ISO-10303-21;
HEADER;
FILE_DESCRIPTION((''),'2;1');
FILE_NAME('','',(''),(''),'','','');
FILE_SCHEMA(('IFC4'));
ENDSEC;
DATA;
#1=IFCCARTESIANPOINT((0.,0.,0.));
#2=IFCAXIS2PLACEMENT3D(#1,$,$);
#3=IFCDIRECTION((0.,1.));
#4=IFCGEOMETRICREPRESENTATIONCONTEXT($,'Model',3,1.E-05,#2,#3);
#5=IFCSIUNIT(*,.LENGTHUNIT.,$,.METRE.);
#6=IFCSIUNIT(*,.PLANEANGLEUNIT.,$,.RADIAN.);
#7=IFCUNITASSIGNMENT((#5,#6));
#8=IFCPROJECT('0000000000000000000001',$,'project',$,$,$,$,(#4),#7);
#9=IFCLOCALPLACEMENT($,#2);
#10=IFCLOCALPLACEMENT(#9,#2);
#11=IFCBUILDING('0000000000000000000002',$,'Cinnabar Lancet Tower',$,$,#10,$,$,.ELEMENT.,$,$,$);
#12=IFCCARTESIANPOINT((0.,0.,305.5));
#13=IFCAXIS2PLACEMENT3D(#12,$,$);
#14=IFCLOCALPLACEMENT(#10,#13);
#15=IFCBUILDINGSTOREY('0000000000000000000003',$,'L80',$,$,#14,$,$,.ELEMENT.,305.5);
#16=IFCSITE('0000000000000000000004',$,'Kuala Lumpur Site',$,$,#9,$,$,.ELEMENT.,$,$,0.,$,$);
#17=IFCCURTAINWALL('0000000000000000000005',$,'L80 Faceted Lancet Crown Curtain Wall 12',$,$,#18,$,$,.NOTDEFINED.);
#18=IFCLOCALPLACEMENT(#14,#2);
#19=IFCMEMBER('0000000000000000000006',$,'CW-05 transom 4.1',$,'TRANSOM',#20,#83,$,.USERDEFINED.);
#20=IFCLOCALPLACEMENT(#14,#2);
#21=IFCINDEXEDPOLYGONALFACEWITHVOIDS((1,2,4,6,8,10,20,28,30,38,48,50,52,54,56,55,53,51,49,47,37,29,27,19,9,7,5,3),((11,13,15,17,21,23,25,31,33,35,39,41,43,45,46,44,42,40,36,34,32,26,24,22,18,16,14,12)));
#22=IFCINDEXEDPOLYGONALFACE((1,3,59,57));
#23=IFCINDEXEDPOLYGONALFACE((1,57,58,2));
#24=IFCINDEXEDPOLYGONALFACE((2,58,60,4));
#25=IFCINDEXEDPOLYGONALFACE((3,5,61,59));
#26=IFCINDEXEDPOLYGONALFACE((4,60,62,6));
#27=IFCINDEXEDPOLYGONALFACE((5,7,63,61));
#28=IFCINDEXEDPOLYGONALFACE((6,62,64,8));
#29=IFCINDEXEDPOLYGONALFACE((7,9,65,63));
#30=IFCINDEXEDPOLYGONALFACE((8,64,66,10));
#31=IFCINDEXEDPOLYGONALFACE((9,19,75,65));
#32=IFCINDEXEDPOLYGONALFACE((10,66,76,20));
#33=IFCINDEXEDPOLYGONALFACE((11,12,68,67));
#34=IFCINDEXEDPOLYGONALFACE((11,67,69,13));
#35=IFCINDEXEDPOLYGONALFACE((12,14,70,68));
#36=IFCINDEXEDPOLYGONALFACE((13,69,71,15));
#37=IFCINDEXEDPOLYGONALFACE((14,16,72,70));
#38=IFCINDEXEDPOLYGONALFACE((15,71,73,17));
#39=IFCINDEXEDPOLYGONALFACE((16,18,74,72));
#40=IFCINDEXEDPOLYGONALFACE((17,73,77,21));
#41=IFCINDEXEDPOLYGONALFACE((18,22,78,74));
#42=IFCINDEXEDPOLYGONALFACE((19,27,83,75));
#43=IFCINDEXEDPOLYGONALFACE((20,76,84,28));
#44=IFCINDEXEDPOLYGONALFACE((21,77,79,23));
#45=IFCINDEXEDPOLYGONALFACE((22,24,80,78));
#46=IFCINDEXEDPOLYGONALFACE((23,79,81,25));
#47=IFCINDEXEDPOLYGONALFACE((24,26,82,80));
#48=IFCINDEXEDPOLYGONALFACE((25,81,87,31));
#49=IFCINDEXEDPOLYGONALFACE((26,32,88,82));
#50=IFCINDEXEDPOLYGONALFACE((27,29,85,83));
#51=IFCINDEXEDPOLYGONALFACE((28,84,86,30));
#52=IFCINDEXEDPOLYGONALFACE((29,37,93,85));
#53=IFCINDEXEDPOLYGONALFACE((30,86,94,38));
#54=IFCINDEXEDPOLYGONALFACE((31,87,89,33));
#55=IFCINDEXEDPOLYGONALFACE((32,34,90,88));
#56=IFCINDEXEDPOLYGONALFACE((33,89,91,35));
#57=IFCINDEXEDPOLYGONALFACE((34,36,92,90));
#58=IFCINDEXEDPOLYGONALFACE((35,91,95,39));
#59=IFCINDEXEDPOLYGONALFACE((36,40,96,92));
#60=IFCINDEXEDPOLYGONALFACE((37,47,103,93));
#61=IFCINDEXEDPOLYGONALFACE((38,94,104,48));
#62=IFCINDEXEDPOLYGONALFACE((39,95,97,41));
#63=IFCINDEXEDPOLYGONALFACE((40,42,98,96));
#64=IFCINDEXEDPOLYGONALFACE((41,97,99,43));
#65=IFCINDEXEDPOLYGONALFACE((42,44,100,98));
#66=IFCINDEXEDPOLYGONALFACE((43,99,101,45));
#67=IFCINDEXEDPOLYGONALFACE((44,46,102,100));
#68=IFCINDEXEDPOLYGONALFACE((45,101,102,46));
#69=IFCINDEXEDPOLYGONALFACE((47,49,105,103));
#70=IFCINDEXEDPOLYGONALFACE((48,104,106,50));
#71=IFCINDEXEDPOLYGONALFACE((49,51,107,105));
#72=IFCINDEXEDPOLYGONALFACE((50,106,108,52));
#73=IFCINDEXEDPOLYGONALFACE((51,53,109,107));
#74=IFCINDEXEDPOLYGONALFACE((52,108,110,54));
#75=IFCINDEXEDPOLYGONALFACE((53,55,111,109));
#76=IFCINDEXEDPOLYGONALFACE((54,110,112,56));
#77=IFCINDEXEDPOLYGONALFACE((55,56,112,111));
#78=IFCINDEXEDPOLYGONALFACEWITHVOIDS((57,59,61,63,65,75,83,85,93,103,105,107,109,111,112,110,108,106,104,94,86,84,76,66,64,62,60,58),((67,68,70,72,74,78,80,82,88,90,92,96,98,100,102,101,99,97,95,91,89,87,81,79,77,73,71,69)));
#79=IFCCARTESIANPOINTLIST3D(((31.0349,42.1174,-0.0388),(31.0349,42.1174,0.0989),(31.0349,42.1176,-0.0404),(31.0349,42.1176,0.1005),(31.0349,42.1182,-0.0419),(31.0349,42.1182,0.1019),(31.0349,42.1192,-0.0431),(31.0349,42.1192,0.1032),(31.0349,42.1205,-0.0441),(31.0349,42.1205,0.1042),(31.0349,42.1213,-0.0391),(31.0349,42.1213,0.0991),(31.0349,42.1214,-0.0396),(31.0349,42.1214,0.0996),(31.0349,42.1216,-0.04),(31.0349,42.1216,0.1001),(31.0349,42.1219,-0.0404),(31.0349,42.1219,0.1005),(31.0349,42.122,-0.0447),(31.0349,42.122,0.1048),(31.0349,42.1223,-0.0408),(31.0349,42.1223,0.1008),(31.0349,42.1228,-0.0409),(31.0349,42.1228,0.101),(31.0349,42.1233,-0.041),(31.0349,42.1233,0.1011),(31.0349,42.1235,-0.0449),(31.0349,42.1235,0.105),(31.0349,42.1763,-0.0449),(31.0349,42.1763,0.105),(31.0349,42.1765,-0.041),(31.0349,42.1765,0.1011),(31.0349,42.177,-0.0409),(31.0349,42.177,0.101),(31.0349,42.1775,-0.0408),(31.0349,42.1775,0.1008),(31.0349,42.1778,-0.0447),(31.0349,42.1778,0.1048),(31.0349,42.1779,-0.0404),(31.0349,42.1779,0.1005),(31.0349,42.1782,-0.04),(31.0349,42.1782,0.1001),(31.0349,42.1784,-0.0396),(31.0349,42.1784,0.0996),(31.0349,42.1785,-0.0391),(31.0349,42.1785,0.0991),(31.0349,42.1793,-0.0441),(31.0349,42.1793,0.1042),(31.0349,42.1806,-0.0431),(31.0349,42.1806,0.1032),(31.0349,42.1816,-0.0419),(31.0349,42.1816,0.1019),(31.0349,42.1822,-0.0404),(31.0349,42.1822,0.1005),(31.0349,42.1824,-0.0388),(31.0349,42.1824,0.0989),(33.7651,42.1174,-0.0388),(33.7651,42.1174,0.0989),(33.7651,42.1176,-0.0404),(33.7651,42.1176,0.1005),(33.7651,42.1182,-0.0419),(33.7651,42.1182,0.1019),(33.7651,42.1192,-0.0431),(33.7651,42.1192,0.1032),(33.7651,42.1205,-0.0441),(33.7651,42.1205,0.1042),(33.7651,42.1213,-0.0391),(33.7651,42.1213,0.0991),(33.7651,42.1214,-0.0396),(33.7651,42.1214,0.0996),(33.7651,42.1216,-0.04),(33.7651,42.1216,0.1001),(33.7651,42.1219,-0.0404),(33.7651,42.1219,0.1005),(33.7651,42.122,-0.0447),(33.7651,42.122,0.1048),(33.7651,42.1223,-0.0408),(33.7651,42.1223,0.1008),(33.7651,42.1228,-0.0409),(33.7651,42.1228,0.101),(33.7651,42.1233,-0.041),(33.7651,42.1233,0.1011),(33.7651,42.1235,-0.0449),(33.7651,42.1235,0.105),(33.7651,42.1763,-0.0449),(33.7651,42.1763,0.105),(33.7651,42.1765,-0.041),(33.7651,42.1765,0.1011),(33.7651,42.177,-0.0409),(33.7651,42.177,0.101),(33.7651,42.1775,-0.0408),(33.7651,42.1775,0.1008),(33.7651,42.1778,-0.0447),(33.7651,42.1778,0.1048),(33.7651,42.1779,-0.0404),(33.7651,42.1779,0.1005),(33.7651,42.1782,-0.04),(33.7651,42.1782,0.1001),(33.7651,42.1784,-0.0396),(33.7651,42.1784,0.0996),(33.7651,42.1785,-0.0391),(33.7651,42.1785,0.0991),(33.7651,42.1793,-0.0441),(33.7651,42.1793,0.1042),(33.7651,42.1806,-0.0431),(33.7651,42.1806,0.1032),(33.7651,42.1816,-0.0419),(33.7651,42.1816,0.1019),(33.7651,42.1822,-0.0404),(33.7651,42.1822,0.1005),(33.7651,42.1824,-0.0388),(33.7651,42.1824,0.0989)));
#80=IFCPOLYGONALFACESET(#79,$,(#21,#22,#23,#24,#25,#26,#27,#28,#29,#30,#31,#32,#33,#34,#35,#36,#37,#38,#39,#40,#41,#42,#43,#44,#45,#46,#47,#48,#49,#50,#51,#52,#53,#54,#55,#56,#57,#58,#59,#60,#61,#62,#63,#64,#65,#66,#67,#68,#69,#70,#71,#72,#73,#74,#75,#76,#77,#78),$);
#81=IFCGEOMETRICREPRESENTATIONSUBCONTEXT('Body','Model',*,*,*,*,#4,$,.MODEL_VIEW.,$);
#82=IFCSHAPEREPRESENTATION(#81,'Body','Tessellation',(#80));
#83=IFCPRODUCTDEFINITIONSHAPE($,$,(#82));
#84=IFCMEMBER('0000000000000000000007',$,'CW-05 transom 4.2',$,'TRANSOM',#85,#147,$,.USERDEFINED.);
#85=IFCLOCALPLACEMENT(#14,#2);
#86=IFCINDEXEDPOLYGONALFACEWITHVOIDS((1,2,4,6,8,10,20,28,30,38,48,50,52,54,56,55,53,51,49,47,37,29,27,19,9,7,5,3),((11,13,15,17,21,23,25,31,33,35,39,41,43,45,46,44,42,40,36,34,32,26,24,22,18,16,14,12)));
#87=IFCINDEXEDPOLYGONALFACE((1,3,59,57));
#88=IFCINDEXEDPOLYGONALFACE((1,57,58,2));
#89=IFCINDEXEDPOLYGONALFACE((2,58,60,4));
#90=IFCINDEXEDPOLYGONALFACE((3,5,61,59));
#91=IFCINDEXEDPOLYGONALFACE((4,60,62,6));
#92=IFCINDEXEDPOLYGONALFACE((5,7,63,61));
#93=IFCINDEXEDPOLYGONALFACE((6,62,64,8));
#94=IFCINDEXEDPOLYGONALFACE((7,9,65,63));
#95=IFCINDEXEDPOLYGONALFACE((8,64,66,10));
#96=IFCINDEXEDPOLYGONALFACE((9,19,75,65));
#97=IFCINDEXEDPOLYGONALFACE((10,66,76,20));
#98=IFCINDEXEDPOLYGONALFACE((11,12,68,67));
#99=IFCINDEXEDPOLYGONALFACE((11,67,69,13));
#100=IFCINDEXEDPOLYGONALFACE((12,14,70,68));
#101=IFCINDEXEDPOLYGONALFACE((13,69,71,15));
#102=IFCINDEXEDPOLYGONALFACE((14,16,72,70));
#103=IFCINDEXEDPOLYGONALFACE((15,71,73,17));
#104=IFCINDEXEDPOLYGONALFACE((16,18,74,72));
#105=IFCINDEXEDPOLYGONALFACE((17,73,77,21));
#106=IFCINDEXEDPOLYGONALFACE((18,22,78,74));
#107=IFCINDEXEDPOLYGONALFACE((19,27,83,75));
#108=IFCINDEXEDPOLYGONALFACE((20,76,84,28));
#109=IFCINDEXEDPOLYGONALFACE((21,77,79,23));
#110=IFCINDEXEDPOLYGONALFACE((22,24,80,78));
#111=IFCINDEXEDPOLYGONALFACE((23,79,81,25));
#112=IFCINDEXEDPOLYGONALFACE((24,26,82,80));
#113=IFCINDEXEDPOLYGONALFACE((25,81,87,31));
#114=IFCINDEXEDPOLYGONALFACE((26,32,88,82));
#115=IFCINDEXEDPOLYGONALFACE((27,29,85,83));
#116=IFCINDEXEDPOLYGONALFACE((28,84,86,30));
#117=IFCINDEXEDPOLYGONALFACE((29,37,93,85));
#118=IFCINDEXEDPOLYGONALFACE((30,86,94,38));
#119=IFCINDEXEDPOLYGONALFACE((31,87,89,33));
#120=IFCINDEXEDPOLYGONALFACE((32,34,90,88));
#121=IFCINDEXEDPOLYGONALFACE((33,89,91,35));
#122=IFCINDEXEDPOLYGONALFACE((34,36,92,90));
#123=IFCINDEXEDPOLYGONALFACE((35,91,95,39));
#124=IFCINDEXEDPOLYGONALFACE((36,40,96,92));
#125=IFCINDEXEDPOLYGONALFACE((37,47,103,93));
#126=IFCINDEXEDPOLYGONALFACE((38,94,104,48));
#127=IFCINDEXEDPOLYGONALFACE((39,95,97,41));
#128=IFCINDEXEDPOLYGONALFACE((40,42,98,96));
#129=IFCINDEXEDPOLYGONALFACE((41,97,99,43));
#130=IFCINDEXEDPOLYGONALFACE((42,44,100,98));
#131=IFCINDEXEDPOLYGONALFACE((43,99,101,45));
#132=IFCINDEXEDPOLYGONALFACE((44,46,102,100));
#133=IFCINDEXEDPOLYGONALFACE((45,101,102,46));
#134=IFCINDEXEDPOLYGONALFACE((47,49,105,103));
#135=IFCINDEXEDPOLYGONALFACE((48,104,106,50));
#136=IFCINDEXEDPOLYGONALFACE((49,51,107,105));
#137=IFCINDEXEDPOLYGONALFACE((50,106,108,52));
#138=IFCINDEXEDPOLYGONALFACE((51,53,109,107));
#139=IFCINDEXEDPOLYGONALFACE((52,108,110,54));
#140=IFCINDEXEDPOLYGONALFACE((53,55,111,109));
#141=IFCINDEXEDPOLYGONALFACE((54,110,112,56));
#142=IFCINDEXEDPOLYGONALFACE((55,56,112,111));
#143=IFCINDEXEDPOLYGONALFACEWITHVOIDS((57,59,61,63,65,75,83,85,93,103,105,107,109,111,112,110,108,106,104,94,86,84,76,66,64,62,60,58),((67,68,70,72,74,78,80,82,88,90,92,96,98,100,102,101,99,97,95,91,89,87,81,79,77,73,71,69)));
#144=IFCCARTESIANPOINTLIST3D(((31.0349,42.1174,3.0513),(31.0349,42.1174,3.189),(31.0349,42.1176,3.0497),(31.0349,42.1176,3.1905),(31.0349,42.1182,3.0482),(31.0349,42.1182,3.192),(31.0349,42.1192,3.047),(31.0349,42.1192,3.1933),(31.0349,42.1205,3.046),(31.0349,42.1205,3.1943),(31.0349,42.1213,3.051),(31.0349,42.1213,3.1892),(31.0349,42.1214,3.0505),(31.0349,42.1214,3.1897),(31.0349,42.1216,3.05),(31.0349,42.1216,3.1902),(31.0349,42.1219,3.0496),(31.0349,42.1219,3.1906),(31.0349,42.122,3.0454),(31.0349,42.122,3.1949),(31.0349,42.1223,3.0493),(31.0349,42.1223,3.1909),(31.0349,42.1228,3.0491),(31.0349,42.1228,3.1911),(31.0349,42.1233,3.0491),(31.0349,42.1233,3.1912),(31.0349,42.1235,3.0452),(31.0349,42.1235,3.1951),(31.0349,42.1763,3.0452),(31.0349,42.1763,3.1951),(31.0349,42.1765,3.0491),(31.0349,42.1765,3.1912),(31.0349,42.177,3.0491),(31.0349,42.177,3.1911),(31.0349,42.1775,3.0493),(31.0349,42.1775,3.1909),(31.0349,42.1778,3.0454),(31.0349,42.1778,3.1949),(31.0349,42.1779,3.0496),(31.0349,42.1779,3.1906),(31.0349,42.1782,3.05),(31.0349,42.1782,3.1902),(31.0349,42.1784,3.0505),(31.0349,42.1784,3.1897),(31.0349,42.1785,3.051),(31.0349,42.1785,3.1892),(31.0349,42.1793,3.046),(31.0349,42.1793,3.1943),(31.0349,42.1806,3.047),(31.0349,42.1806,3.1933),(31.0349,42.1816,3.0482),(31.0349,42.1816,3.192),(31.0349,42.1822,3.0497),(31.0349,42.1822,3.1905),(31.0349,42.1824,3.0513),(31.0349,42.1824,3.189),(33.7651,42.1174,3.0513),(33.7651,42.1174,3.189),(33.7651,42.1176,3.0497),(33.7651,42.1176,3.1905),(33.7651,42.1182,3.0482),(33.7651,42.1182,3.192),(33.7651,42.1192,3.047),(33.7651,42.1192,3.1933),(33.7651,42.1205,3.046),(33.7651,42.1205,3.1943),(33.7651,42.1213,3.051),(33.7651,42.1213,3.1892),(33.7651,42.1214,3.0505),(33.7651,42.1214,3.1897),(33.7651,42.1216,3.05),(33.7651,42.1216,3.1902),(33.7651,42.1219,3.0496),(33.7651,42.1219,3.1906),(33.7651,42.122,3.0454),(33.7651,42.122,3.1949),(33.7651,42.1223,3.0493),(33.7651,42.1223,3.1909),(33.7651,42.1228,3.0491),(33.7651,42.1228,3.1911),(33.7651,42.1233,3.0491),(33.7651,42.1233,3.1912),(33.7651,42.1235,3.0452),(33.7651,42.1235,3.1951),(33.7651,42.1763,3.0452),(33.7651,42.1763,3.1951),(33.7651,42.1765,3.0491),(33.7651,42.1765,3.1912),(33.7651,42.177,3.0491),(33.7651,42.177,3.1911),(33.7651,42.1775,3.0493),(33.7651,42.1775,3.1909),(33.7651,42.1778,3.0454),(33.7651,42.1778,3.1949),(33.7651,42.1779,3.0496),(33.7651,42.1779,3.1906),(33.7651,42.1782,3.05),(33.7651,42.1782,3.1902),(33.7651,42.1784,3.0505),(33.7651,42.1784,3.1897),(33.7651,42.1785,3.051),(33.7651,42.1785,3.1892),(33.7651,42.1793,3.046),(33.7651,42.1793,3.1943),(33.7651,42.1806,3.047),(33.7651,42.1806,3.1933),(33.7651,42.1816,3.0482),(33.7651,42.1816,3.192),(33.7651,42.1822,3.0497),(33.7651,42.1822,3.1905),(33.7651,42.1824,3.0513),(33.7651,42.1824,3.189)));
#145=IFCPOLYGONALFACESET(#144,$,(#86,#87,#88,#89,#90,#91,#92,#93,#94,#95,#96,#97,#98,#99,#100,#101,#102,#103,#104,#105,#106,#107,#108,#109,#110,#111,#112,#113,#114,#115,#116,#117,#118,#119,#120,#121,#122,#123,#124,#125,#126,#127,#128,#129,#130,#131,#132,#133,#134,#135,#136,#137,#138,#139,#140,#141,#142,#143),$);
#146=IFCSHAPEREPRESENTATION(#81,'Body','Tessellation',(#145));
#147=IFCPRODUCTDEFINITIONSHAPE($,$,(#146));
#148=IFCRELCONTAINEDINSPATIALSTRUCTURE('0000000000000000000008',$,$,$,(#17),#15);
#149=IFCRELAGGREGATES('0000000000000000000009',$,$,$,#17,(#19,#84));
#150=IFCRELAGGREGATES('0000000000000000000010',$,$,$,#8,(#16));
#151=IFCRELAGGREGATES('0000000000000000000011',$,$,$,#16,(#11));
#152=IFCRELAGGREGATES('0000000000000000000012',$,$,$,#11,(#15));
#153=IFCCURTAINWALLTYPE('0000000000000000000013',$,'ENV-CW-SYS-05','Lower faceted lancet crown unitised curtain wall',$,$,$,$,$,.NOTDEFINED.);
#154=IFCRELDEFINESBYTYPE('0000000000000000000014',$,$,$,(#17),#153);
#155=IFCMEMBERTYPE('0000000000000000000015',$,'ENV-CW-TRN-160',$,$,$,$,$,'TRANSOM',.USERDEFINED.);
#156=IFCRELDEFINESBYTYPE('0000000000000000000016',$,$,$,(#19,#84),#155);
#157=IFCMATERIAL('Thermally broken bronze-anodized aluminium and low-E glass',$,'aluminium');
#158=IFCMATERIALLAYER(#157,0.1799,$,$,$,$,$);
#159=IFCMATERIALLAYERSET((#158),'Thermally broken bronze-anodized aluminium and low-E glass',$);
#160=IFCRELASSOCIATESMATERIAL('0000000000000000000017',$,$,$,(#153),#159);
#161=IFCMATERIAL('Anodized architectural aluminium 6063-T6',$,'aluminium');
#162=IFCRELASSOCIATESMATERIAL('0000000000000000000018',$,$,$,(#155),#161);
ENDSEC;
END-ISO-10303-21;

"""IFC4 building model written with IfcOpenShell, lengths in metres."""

from ifc_helpers import new_model, si_unit, direction, frame, origin, origin_2d, place, context, subcontext, project, spatial, hollow_rectangle, extrude, material, layer, layer_set, material_profile, profile_set, type_object, element, aggregate, save


model = new_model("IFC4")

# Units and contexts
model_context = context("Model", 3, precision=1e-05, world=origin(), true_north=direction((0.0, 1.0)))
body_context = subcontext(model_context, "Body", "Model", "MODEL_VIEW")
ifc_project = project(units=[si_unit("LENGTHUNIT", "METRE"), si_unit("PLANEANGLEUNIT", "RADIAN")], contexts=[model_context])

# Site, building, storey
site_placement = place(None, origin())
site = spatial("IfcSite", under=ifc_project, at=site_placement, Name="Kuala Lumpur Site", CompositionType="ELEMENT", RefElevation=0.0)
building_placement = place(site_placement, origin())
building = spatial("IfcBuilding", under=site, at=building_placement, Name="Cinnabar Lancet Tower", CompositionType="ELEMENT")
storey_placement = place(building_placement, frame((0.0, 0.0, 305.5)))
storey = spatial("IfcBuildingStorey", under=building, at=storey_placement, Name="L80", CompositionType="ELEMENT", Elevation=305.5)

# Curtain wall, members
ifc_material_1 = material(Name="Thermally broken bronze-anodized aluminium and low-E glass", Category="aluminium")
ifc_layer_1 = layer(ifc_material_1, 0.1799)
ifc_layer_set_1 = layer_set([ifc_layer_1], Name="Thermally broken bronze-anodized aluminium and low-E glass")
curtain_wall_type = type_object("IfcCurtainWallType", Name="ENV-CW-SYS-05", Description="Lower faceted lancet crown unitised curtain wall", PredefinedType="NOTDEFINED", material=ifc_layer_set_1)
curtain_wall_placement = place(storey_placement, origin())
curtain_wall = element("IfcCurtainWall", 1, at=curtain_wall_placement, inside=storey, type_object=curtain_wall_type, Name="L80 Faceted Lancet Crown Curtain Wall 12", PredefinedType="NOTDEFINED")
ifc_material_2 = material(Name="Anodized architectural aluminium 6063-T6", Category="aluminium")
ifc_material_profile_1 = material_profile(ifc_material_2, hollow_rectangle(XDim=0.0649, YDim=0.1499, WallThickness=0.0039, InnerFilletRadius=0.002, OuterFilletRadius=0.0061, at=origin_2d()), Name="CW-TRN 150x65x4")
ifc_profile_set_1 = profile_set([ifc_material_profile_1], Name="Anodized architectural aluminium 6063-T6")
member_type_1 = type_object("IfcMemberType", Name="ENV-CW-TRN-160", ElementType="TRANSOM", PredefinedType="USERDEFINED", material=ifc_profile_set_1)
member_1_placement = place(storey_placement, frame((33.7651, 42.1499, 0.03), z_axis=(-1.0, 0.0, 0.0), x_axis=(0.0, -1.0, 0.0)))
member_1 = element("IfcMember", 2, at=member_1_placement, type_object=member_type_1, Name="CW-05 transom 4.1", ObjectType="TRANSOM", PredefinedType="USERDEFINED", context=body_context, shape_type="SweptSolid", body=[
    extrude(hollow_rectangle(XDim=0.0649, YDim=0.1499, WallThickness=0.0039, InnerFilletRadius=0.002, OuterFilletRadius=0.0061, at=origin_2d()), origin(), (0.0, 0.0, 1.0), 2.7302),
])
member_2_placement = place(storey_placement, frame((33.7651, 42.1499, 3.1201), z_axis=(-1.0, 0.0, 0.0), x_axis=(0.0, -1.0, 0.0)))
member_2 = element("IfcMember", 3, at=member_2_placement, type_object=member_type_1, Name="CW-05 transom 4.2", ObjectType="TRANSOM", PredefinedType="USERDEFINED", context=body_context, shape_type="SweptSolid", body=[
    extrude(hollow_rectangle(XDim=0.0649, YDim=0.1499, WallThickness=0.0039, InnerFilletRadius=0.002, OuterFilletRadius=0.0061, at=origin_2d()), origin(), (0.0, 0.0, 1.0), 2.7302),
])
aggregate(curtain_wall, [member_1, member_2])

save(model, "model.ifc")
